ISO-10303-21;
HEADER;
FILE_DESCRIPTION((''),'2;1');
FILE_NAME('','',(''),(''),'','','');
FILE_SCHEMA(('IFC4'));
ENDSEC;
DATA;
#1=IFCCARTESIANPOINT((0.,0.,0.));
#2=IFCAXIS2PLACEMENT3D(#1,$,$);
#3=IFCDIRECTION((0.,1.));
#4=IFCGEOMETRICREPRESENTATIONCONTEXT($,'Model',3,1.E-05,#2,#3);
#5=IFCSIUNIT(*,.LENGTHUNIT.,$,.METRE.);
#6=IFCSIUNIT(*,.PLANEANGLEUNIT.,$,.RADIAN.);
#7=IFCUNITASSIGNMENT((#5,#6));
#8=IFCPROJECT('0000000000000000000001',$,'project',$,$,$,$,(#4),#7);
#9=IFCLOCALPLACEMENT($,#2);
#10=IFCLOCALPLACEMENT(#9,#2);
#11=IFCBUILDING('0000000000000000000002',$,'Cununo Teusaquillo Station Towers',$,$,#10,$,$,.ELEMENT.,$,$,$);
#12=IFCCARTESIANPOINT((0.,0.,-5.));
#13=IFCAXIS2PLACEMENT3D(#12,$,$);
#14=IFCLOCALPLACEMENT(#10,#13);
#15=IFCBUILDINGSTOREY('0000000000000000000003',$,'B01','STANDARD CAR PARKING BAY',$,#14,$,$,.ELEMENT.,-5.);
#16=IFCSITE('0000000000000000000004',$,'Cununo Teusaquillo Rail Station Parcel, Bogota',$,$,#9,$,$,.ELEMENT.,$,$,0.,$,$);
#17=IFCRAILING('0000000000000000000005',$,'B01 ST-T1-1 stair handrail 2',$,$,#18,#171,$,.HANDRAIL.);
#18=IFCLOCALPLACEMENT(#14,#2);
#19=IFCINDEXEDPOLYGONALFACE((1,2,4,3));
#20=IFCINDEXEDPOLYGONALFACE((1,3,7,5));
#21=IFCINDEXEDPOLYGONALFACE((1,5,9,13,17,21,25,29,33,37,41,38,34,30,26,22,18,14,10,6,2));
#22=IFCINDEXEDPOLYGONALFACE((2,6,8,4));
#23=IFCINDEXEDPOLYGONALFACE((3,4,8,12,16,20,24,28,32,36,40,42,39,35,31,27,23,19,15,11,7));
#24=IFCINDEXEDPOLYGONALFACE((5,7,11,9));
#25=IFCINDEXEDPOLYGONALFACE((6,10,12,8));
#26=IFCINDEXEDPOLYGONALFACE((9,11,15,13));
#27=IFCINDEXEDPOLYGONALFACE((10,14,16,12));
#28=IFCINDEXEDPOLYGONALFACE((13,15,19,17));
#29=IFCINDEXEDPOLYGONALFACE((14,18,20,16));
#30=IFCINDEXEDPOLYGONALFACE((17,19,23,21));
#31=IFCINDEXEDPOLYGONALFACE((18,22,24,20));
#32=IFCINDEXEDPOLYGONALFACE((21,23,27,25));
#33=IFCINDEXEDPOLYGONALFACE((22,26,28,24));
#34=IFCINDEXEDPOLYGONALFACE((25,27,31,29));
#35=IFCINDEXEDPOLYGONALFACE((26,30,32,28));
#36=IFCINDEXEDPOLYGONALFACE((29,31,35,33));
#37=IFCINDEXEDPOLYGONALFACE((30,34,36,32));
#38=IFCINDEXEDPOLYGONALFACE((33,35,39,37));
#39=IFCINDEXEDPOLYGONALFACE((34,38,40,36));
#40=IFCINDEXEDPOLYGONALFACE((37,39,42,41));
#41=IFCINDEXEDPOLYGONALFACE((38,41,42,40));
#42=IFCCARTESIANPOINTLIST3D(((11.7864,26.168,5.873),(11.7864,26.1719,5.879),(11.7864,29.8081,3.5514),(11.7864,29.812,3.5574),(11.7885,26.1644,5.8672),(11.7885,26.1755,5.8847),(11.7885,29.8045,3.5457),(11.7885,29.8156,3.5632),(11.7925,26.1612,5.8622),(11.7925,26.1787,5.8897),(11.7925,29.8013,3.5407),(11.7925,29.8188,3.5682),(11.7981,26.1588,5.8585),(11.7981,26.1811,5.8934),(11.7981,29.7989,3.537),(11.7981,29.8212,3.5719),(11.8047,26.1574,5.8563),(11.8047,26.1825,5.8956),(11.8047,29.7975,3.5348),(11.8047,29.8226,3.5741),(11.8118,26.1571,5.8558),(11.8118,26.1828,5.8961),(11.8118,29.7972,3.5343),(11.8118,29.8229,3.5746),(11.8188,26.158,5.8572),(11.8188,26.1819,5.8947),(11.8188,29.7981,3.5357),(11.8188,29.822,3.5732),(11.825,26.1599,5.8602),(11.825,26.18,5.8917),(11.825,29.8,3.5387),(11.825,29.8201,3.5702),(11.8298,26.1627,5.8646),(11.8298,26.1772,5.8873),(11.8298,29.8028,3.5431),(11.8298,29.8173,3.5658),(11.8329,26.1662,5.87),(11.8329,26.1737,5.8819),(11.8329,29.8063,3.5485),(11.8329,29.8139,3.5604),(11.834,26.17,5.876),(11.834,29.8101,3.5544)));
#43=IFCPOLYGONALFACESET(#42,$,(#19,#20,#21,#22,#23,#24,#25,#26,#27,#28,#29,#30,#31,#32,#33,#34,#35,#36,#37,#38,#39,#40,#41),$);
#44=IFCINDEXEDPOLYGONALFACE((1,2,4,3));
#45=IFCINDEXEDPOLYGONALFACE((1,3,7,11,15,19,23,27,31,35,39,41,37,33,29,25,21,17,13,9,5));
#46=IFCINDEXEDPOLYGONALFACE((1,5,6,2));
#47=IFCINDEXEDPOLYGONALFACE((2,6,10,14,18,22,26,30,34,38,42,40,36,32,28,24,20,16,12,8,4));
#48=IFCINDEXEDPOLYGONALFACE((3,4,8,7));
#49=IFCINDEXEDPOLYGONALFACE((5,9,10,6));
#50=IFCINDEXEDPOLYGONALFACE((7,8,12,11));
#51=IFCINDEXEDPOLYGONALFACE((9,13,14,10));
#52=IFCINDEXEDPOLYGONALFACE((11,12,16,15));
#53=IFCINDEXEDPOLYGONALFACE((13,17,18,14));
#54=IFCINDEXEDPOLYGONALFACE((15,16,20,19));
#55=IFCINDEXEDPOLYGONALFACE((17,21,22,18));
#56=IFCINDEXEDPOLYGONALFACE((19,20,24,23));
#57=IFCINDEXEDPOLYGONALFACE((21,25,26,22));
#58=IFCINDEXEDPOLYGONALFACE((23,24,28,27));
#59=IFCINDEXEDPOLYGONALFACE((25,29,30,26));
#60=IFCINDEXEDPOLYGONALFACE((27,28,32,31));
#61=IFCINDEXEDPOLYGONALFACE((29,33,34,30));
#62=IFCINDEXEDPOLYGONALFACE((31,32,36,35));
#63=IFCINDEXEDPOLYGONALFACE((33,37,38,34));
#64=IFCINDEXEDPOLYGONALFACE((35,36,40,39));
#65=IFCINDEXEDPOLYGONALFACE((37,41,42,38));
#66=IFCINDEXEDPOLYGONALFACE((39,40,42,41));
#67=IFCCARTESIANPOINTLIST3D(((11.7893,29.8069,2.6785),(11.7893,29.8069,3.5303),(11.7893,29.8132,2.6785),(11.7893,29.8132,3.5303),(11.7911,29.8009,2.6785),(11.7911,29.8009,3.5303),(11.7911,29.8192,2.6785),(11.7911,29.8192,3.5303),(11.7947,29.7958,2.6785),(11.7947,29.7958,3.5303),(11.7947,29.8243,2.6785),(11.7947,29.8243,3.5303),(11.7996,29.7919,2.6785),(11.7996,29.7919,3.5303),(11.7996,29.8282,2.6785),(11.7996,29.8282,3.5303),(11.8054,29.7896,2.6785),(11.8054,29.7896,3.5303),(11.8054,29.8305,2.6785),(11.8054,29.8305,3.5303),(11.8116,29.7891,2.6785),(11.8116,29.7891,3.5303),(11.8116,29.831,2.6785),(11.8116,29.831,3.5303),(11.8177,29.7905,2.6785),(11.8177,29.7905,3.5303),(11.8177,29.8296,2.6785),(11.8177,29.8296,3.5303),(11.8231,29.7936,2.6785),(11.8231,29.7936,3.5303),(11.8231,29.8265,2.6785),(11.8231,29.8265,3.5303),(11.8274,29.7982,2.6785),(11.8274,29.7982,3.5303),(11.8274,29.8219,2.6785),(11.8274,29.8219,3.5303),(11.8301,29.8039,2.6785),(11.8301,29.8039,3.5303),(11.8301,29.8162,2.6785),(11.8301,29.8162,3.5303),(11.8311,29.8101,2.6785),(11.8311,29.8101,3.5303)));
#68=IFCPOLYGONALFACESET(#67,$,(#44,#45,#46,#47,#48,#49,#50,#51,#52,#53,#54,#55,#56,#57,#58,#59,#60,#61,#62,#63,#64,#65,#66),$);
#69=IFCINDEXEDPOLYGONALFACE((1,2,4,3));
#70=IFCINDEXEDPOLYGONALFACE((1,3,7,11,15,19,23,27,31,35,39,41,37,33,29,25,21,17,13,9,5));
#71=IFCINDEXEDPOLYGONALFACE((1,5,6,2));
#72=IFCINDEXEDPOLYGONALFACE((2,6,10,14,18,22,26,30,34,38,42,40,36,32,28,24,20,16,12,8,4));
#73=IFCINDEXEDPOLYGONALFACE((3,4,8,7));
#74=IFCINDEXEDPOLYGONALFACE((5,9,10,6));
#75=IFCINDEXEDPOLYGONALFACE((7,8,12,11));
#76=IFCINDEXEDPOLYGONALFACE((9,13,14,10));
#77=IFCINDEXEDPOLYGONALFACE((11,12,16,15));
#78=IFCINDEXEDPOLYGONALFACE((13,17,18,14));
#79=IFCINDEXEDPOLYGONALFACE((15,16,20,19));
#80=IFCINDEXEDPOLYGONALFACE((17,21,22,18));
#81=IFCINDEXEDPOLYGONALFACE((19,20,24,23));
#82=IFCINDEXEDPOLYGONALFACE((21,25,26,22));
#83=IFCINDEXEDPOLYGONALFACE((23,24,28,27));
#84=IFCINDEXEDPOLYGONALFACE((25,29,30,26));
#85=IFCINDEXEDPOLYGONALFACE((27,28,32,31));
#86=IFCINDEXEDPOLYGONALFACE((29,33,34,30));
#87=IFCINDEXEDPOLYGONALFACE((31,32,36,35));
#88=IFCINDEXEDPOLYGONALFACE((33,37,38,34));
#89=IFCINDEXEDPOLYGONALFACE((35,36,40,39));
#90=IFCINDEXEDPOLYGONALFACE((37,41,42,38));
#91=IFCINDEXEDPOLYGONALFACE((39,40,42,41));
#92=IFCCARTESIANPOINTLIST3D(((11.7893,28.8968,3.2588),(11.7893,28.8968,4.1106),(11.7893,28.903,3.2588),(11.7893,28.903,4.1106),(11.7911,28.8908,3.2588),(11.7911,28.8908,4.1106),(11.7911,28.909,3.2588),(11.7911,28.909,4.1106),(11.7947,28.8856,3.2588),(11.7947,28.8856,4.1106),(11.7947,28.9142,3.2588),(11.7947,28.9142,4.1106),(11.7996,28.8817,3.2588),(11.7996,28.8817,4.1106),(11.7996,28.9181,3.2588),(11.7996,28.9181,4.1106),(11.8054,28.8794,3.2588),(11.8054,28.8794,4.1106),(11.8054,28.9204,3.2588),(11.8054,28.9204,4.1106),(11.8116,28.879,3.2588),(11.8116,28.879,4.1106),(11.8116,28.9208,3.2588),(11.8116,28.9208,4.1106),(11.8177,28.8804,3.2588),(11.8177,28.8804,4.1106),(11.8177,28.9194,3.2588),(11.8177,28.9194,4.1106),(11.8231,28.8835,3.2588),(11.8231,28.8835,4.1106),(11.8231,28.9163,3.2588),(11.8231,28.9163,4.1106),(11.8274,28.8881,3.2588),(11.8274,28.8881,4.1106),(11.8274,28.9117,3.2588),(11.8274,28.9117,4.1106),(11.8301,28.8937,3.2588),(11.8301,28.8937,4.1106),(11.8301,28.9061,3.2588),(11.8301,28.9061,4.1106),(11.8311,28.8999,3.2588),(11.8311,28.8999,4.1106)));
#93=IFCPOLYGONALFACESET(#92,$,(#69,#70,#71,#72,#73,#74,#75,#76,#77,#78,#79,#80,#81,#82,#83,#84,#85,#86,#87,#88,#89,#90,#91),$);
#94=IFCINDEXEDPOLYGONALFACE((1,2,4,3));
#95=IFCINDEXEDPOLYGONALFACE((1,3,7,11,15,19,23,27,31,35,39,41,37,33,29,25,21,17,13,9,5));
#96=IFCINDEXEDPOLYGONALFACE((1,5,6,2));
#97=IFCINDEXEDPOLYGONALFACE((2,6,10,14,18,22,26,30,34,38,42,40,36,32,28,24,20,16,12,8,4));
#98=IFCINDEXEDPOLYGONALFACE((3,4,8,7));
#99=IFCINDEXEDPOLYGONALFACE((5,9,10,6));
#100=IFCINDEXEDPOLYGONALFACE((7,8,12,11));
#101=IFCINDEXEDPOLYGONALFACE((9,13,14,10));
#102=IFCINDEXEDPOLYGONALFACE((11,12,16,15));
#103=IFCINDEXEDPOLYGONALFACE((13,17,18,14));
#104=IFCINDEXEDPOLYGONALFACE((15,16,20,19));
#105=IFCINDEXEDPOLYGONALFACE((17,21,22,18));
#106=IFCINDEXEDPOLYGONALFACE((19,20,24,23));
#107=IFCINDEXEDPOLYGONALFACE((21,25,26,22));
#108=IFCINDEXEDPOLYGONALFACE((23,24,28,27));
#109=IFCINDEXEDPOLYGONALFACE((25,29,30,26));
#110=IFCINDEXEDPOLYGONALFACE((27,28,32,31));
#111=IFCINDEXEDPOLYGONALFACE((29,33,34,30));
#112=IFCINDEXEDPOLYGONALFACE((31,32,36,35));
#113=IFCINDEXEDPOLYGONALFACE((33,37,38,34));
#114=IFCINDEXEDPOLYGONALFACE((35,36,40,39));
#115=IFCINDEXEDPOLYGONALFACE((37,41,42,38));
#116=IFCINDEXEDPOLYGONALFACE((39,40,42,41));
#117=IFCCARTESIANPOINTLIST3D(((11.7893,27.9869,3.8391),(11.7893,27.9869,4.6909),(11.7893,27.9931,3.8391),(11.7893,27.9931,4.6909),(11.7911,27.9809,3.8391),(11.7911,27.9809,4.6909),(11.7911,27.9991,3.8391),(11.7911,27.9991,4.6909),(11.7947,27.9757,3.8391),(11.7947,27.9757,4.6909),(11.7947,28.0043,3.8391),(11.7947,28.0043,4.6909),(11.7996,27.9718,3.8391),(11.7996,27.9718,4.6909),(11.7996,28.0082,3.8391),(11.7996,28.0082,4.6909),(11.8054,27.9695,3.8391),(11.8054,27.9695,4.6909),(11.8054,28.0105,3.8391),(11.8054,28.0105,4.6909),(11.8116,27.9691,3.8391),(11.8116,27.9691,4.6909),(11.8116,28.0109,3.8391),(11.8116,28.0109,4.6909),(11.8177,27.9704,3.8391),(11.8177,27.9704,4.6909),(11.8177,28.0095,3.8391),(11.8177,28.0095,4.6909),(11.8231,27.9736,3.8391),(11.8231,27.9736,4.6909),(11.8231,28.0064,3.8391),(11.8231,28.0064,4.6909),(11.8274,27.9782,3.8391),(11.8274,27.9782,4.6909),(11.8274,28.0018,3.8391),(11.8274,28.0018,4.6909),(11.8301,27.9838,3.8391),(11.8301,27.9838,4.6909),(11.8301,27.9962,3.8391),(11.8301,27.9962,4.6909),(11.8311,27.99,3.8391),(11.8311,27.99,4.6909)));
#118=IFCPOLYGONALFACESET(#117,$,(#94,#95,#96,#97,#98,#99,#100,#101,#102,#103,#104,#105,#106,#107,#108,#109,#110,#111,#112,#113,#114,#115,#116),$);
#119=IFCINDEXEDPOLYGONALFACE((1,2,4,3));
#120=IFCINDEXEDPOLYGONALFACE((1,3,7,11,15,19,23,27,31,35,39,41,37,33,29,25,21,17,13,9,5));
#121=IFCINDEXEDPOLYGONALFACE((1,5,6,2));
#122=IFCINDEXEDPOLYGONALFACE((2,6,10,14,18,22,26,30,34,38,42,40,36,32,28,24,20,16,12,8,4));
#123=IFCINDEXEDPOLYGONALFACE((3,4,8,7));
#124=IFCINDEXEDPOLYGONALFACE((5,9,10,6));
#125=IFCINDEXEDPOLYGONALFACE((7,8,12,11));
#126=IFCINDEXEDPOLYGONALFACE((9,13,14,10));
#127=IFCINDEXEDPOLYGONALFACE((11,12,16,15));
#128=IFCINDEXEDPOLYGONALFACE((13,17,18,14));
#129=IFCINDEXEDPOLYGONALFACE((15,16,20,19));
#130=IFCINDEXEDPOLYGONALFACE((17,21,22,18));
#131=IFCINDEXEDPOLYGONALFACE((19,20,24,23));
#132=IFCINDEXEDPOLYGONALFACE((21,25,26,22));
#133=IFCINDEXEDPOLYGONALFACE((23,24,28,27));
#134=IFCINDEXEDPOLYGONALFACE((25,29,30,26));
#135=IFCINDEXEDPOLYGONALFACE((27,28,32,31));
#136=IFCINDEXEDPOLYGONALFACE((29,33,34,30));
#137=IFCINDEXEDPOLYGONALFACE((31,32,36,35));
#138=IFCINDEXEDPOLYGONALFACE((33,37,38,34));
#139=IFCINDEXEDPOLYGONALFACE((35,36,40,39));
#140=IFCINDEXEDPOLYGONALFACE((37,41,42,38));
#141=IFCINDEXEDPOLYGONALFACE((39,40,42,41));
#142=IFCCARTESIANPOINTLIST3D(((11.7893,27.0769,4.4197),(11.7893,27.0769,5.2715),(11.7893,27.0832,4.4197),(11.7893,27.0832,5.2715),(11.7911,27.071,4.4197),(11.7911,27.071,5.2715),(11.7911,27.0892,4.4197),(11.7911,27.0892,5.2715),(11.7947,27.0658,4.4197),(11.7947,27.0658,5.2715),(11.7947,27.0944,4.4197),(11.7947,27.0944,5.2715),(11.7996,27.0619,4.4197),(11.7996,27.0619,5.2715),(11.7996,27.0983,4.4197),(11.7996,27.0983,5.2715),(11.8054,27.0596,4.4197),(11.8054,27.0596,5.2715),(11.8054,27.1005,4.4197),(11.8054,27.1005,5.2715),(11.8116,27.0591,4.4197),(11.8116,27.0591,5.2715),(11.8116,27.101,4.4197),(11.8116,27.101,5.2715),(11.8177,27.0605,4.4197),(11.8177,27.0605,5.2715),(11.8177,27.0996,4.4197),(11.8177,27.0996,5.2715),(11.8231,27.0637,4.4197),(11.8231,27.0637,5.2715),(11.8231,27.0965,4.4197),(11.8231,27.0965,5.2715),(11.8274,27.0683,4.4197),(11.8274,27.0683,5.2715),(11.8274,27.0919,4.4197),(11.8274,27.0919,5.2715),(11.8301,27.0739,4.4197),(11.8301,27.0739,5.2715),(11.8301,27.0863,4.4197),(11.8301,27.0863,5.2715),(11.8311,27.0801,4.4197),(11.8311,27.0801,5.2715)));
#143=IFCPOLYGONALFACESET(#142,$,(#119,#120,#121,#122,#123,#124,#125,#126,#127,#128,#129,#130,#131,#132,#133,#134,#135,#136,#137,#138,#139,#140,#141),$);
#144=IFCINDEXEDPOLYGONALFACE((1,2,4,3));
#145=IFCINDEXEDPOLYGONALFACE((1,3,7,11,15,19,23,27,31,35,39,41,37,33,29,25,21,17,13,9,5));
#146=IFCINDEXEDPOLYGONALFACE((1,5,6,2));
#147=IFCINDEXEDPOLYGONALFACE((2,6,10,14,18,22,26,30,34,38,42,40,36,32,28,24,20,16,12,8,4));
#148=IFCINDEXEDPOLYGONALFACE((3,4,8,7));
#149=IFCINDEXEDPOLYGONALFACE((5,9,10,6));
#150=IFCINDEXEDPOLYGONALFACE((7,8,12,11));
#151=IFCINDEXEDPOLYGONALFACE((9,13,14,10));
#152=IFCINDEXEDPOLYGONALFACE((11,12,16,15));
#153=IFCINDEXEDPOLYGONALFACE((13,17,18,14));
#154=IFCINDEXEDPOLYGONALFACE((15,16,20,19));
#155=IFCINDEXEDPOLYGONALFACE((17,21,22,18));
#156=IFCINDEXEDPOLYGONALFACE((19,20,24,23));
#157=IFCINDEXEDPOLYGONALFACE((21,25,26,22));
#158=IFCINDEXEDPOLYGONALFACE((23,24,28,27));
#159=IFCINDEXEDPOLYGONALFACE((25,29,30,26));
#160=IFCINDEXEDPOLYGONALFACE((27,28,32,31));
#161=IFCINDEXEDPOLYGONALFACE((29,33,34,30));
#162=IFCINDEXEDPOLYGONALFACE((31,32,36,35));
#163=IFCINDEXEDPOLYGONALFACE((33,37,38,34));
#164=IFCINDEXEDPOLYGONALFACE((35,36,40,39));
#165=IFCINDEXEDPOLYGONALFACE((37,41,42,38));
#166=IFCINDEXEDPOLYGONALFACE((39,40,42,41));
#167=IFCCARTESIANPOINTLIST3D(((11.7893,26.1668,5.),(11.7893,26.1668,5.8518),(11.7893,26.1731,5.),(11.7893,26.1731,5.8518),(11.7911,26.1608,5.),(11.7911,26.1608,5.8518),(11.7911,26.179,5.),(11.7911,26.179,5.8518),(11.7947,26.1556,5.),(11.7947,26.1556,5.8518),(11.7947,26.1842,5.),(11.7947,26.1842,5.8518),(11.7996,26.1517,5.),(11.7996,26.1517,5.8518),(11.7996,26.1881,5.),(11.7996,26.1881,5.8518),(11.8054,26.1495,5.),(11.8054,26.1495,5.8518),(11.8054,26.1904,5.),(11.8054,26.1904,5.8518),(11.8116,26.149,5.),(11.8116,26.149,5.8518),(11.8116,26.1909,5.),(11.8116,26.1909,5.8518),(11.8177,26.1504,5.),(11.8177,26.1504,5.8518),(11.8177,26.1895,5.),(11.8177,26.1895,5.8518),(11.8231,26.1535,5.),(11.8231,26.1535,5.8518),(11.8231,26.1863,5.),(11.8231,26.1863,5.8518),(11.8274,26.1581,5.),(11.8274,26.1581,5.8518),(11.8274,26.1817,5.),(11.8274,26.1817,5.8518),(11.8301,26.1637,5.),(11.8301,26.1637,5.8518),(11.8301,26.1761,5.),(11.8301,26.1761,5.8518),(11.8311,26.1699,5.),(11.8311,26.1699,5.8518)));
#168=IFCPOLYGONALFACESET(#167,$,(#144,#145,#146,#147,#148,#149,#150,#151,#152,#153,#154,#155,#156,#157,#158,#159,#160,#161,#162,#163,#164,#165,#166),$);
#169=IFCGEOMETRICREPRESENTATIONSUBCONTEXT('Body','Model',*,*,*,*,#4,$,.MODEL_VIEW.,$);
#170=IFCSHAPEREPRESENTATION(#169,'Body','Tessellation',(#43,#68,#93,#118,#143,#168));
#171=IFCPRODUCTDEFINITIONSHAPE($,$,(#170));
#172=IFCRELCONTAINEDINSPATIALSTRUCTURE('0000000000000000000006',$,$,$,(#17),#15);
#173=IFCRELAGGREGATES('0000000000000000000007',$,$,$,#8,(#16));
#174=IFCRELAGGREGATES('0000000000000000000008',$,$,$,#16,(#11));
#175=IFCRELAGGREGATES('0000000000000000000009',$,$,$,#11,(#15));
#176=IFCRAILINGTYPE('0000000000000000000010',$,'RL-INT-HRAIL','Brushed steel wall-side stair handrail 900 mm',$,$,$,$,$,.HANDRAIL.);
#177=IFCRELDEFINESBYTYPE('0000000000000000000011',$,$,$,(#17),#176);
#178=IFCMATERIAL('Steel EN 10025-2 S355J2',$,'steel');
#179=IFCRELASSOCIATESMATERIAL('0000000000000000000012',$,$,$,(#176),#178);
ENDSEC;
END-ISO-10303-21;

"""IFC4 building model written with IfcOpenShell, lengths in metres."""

from ifc_helpers import new_model, si_unit, direction, frame, origin, origin_2d, place, context, subcontext, project, spatial, circle, extrude, material, type_object, element, save


model = new_model("IFC4")

# Units and contexts
model_context = context("Model", 3, precision=1e-05, world=origin(), true_north=direction((0.0, 1.0)))
body_context = subcontext(model_context, "Body", "Model", "MODEL_VIEW")
ifc_project = project(units=[si_unit("LENGTHUNIT", "METRE"), si_unit("PLANEANGLEUNIT", "RADIAN")], contexts=[model_context])

# Site, building, storey
site_placement = place(None, origin())
site = spatial("IfcSite", under=ifc_project, at=site_placement, Name="Cununo Teusaquillo Rail Station Parcel, Bogota", CompositionType="ELEMENT", RefElevation=0.0)
building_placement = place(site_placement, origin())
building = spatial("IfcBuilding", under=site, at=building_placement, Name="Cununo Teusaquillo Station Towers", CompositionType="ELEMENT")
storey_placement = place(building_placement, frame((0.0, 0.0, -5.0)))
storey = spatial("IfcBuildingStorey", under=building, at=storey_placement, Name="B01", Description="STANDARD CAR PARKING BAY", CompositionType="ELEMENT", Elevation=-5.0)

# Railing
ifc_material_1 = material(Name="Steel EN 10025-2 S355J2", Category="steel")
railing_type_1 = type_object("IfcRailingType", Name="RL-INT-HRAIL", Description="Brushed steel wall-side stair handrail 900 mm", PredefinedType="HANDRAIL", material=ifc_material_1)
for number, where, name in (
    (1, (11.8101, 29.8101, 2.6785), "B01 ST-T1-1 stair handrail 2"),
):
    element("IfcRailing", number, at=place(storey_placement, frame(where)), inside=storey, type_object=railing_type_1, Name=name, PredefinedType="HANDRAIL", context=body_context, shape_type="SweptSolid", body=[
        extrude(circle(Radius=0.0239, at=origin_2d()), frame((0.0, 0.0, 0.876), z_axis=(0.0, -0.843128, 0.537713), x_axis=(1.0, 0.0, 0.0)), (0.0, 0.0, 1.0), 4.3174),
        extrude(circle(Radius=0.021, at=origin_2d()), origin(), (0.0, 0.0, 1.0), 0.8518),
        extrude(circle(Radius=0.021, at=origin_2d()), frame((0.0, -0.9102, 0.5803)), (0.0, 0.0, 1.0), 0.8518),
        extrude(circle(Radius=0.021, at=origin_2d()), frame((0.0, -1.8201, 1.1606)), (0.0, 0.0, 1.0), 0.8518),
        extrude(circle(Radius=0.021, at=origin_2d()), frame((0.0, -2.73, 1.7412)), (0.0, 0.0, 1.0), 0.8518),
        extrude(circle(Radius=0.021, at=origin_2d()), frame((0.0, -3.6401, 2.3215)), (0.0, 0.0, 1.0), 0.8518),
    ])

save(model, "model.ifc")
